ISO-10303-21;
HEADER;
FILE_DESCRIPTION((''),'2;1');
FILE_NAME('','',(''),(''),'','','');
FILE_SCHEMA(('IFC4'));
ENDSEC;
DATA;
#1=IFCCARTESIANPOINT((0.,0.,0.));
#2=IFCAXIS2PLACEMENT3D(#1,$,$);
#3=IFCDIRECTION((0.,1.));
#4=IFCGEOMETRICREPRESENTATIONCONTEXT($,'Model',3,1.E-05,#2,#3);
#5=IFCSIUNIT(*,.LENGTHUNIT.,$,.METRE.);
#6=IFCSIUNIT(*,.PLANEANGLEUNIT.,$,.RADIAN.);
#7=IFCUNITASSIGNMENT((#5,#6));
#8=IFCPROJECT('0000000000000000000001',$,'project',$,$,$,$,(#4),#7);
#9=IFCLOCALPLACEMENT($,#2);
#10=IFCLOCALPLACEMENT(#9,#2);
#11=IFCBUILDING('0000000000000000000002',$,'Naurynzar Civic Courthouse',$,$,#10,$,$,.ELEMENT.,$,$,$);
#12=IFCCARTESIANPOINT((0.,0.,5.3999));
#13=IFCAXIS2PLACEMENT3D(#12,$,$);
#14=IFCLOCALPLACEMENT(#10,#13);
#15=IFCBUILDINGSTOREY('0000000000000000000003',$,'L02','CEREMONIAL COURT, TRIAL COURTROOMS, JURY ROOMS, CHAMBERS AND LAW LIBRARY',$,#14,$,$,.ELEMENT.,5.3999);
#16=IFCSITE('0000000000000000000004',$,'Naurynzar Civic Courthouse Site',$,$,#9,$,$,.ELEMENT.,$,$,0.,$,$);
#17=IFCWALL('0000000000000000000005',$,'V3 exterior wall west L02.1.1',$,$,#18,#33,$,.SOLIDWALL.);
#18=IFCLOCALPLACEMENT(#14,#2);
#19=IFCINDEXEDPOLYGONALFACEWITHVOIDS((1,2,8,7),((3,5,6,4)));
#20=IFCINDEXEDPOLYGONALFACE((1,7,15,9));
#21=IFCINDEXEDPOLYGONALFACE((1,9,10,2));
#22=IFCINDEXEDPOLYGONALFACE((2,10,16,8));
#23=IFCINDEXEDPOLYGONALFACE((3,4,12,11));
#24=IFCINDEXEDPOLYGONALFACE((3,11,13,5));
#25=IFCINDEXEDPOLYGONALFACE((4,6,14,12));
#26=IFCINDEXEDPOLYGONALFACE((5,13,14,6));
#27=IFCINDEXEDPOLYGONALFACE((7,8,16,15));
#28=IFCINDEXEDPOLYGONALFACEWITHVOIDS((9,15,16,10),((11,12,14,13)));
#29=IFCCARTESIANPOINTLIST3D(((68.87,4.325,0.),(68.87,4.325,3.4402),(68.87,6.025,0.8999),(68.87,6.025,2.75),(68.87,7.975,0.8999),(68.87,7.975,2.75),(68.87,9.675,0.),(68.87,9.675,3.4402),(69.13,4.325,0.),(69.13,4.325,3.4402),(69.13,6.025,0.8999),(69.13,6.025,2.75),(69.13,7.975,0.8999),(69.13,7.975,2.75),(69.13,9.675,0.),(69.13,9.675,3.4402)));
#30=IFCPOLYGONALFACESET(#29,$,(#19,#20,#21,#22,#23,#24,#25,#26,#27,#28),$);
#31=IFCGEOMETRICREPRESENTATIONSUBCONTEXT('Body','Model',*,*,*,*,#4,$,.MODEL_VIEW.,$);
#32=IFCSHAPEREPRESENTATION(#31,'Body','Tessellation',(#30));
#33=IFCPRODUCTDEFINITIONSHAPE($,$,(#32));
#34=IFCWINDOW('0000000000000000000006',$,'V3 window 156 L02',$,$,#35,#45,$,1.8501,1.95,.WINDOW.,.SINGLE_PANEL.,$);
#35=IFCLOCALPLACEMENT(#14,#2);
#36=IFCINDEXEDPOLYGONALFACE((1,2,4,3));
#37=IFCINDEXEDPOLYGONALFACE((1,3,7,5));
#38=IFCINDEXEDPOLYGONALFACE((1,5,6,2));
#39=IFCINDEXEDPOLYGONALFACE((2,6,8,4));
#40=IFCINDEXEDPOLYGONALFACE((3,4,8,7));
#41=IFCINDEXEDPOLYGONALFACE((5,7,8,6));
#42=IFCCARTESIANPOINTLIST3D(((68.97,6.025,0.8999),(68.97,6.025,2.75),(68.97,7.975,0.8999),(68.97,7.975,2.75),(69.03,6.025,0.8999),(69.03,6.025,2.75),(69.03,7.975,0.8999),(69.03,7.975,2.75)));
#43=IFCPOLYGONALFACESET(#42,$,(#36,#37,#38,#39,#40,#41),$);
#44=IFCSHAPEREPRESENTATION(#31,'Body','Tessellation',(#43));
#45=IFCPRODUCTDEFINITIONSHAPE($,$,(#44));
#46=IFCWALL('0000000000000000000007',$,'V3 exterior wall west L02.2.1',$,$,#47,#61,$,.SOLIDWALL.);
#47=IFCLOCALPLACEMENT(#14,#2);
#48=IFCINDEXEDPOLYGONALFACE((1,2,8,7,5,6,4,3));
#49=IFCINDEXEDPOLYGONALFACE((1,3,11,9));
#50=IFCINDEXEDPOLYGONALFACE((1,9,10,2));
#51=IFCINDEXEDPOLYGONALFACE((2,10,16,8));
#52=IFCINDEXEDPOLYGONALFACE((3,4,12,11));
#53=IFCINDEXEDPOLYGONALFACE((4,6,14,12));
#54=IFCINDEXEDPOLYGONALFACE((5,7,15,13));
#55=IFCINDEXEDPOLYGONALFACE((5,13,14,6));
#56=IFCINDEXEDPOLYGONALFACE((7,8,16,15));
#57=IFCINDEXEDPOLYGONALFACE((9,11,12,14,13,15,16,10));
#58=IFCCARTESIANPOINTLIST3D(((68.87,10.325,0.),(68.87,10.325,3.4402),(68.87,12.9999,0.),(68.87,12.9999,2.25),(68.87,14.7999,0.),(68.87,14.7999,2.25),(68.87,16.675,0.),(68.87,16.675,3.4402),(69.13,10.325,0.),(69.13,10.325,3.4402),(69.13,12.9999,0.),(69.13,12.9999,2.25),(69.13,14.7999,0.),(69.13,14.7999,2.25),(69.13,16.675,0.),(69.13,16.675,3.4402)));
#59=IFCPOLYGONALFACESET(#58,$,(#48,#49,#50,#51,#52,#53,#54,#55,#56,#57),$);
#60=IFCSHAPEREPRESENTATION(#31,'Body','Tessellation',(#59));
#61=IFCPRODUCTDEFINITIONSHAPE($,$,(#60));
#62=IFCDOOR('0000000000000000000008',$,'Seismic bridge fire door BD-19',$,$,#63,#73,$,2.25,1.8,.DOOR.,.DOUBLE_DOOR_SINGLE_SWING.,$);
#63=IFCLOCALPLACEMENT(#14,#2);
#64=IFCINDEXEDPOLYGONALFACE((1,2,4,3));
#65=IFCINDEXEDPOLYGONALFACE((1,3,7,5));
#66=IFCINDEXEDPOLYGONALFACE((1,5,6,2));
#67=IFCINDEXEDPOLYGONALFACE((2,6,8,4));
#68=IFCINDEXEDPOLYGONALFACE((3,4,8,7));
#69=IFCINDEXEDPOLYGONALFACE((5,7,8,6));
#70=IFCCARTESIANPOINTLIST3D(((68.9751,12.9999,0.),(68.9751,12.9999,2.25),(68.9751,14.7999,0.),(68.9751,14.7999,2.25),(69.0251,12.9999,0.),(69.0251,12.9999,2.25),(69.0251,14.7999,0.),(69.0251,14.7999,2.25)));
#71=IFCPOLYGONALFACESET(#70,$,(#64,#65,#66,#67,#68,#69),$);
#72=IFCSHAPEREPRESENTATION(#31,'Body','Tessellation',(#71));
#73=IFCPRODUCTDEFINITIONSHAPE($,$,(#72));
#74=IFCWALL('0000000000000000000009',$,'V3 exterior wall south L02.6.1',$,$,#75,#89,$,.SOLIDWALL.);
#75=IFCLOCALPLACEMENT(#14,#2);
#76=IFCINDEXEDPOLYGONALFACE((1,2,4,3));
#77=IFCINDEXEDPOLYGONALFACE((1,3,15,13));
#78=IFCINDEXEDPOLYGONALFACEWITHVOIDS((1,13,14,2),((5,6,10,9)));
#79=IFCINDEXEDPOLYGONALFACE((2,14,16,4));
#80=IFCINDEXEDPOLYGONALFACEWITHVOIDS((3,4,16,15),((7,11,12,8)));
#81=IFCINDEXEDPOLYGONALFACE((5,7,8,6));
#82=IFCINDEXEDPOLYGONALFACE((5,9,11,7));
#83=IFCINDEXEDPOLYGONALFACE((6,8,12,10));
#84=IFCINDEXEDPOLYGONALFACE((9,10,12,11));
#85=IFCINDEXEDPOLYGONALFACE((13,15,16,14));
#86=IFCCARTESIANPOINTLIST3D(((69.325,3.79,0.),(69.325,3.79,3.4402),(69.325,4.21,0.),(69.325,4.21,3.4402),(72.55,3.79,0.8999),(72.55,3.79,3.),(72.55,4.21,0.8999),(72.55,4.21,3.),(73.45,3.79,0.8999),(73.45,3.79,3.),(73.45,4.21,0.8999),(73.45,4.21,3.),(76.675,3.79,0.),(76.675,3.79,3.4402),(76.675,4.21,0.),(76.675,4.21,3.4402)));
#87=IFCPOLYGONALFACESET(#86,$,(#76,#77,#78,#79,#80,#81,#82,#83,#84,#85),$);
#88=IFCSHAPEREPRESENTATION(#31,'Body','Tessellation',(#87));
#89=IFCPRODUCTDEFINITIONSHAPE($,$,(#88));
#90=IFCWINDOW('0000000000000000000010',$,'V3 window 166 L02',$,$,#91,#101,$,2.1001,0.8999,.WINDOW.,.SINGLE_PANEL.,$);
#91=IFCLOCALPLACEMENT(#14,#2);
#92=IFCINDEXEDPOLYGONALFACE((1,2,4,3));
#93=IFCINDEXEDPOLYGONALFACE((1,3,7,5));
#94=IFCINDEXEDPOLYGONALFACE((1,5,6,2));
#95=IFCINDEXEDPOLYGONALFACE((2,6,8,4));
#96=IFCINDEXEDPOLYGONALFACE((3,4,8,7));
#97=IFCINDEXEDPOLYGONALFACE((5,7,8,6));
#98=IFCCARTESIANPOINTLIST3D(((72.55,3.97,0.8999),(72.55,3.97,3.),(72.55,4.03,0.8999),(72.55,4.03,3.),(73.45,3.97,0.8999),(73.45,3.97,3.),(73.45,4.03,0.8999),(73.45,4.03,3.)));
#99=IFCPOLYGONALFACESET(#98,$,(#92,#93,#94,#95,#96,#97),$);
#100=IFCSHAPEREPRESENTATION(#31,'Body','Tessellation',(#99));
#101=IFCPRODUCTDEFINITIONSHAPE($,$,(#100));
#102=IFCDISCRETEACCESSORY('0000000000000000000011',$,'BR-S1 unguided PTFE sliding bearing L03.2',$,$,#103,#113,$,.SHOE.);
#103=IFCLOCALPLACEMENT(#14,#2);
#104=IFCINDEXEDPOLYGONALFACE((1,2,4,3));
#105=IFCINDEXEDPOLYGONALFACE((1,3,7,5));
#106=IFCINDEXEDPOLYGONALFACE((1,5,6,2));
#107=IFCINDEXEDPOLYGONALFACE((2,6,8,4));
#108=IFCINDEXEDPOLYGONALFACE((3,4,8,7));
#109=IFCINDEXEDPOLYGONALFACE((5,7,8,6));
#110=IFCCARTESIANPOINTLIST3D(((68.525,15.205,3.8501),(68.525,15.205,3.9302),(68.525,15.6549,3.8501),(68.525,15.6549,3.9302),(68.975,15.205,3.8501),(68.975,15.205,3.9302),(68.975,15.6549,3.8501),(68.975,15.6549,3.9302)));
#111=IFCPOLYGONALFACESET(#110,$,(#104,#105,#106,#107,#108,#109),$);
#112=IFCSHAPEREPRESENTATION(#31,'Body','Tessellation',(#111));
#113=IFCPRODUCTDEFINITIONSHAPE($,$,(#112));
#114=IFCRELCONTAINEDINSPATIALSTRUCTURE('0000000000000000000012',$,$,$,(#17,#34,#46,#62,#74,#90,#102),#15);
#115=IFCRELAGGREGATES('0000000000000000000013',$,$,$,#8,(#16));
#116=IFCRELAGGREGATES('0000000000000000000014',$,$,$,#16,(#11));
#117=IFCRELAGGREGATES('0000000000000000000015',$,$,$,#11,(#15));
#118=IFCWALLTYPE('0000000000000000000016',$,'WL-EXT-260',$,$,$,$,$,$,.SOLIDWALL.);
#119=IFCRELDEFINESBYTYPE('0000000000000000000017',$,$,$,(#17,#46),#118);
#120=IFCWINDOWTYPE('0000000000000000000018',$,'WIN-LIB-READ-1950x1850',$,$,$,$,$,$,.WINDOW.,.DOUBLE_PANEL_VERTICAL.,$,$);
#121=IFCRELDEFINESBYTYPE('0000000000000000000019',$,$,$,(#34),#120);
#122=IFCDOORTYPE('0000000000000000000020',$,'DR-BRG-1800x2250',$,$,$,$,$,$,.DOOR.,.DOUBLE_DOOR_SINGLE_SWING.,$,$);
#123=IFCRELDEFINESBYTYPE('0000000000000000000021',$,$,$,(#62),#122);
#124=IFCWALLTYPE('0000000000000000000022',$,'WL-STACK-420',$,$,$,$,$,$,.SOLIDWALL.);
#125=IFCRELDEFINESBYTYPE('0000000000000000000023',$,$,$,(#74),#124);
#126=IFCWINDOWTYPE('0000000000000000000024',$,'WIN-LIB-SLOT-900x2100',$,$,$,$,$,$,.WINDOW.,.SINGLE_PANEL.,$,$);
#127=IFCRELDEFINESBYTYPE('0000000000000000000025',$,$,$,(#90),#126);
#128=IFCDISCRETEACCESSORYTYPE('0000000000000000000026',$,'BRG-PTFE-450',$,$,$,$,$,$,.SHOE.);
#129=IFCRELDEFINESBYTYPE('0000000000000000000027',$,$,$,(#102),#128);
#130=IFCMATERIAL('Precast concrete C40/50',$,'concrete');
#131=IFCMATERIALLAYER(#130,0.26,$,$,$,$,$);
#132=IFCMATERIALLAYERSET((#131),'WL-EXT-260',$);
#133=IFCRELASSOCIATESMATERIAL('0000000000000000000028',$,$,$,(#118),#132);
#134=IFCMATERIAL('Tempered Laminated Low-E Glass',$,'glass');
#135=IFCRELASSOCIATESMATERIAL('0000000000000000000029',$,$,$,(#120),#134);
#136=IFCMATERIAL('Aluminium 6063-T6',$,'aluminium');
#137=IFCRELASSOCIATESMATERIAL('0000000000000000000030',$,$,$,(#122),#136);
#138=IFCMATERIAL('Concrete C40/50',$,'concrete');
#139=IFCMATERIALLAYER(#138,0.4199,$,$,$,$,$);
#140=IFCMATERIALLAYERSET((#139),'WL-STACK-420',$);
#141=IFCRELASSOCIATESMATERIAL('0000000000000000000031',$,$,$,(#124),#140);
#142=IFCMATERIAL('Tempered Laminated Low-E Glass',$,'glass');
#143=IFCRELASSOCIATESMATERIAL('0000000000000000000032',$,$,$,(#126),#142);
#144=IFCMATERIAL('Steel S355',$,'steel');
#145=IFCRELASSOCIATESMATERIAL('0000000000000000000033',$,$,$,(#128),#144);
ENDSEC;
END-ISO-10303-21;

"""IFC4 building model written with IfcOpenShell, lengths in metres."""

from ifc_helpers import new_model, si_unit, direction, frame, frame_2d, origin, origin_2d, place, context, subcontext, project, spatial, rectangle, extrude, material, layer, layer_set, type_object, element, fill, save


model = new_model("IFC4")

# Units and contexts
model_context = context("Model", 3, precision=1e-05, world=origin(), true_north=direction((0.0, 1.0)))
body_context = subcontext(model_context, "Body", "Model", "MODEL_VIEW")
ifc_project = project(units=[si_unit("LENGTHUNIT", "METRE"), si_unit("PLANEANGLEUNIT", "RADIAN")], contexts=[model_context])

# Site, building, storey
site_placement = place(None, origin())
site = spatial("IfcSite", under=ifc_project, at=site_placement, Name="Naurynzar Civic Courthouse Site", CompositionType="ELEMENT", RefElevation=0.0)
building_placement = place(site_placement, origin())
building = spatial("IfcBuilding", under=site, at=building_placement, Name="Naurynzar Civic Courthouse", CompositionType="ELEMENT")
storey_placement = place(building_placement, frame((0.0, 0.0, 5.3999)))
storey = spatial("IfcBuildingStorey", under=building, at=storey_placement, Name="L02", Description="CEREMONIAL COURT, TRIAL COURTROOMS, JURY ROOMS, CHAMBERS AND LAW LIBRARY", CompositionType="ELEMENT", Elevation=5.3999)

# Wall, opening, window
ifc_material_1 = material(Name="Precast concrete C40/50", Category="concrete")
ifc_layer_1 = layer(ifc_material_1, 0.26)
ifc_layer_set_1 = layer_set([ifc_layer_1], Name="WL-EXT-260")
wall_type_1 = type_object("IfcWallType", Name="WL-EXT-260", PredefinedType="SOLIDWALL", material=ifc_layer_set_1)
wall_1_placement = place(storey_placement, frame((69.0, 4.325, 0.0), z_axis=(0.0, 0.0, 1.0), x_axis=(0.0, 1.0, 0.0)))
wall_1 = element("IfcWall", 1, at=wall_1_placement, inside=storey, type_object=wall_type_1, Name="V3 exterior wall west L02.1.1", PredefinedType="SOLIDWALL", context=body_context, shape_type="SweptSolid", body=[
    extrude(rectangle(XDim=5.3501, YDim=0.26, at=frame_2d((2.675, 0.0))), origin(), (0.0, 0.0, 1.0), 3.4402),
])
opening_1_placement = place(wall_1_placement, frame((1.7, 0.0, 0.8999)))
opening_1 = element("IfcOpeningElement", 2, at=opening_1_placement, cuts=wall_1, PredefinedType="OPENING", context=body_context, shape_type="SweptSolid", body=[
    extrude(rectangle(XDim=1.95, YDim=1.8501, at=frame_2d((0.9751, 0.925))), frame((0.0, 0.1399, 0.0), z_axis=(0.0, -1.0, 0.0), x_axis=(1.0, 0.0, 0.0)), (0.0, 0.0, 1.0), 0.28),
])
ifc_material_2 = material(Name="Tempered Laminated Low-E Glass", Category="glass")
window_type_1 = type_object("IfcWindowType", Name="WIN-LIB-READ-1950x1850", PartitioningType="DOUBLE_PANEL_VERTICAL", PredefinedType="WINDOW", material=ifc_material_2)
window_1_placement = place(opening_1_placement, origin())
window_1 = element("IfcWindow", 3, at=window_1_placement, inside=storey, type_object=window_type_1, Name="V3 window 156 L02", OverallHeight=1.8501, OverallWidth=1.95, PartitioningType="SINGLE_PANEL", PredefinedType="WINDOW", context=body_context, shape_type="SweptSolid", body=[
    extrude(rectangle(XDim=1.95, YDim=1.8501, at=frame_2d((0.9751, 0.925))), frame((0.0, 0.03, 0.0), z_axis=(0.0, -1.0, 0.0), x_axis=(1.0, 0.0, 0.0)), (0.0, 0.0, 1.0), 0.0601),
])
fill(opening_1, window_1)

# Wall, opening, door
wall_2_placement = place(storey_placement, frame((69.0, 10.325, 0.0), z_axis=(0.0, 0.0, 1.0), x_axis=(0.0, 1.0, 0.0)))
wall_2 = element("IfcWall", 4, at=wall_2_placement, inside=storey, type_object=wall_type_1, Name="V3 exterior wall west L02.2.1", PredefinedType="SOLIDWALL", context=body_context, shape_type="SweptSolid", body=[
    extrude(rectangle(XDim=6.3501, YDim=0.26, at=frame_2d((3.175, 0.0))), origin(), (0.0, 0.0, 1.0), 3.4402),
])
opening_2_placement = place(wall_2_placement, frame((2.675, 0.0, 0.0)))
opening_2 = element("IfcOpeningElement", 5, at=opening_2_placement, cuts=wall_2, PredefinedType="OPENING", context=body_context, shape_type="SweptSolid", body=[
    extrude(rectangle(XDim=1.8, YDim=2.25, at=frame_2d((0.8999, 1.125))), frame((0.0, 0.1399, 0.0), z_axis=(0.0, -1.0, 0.0), x_axis=(1.0, 0.0, 0.0)), (0.0, 0.0, 1.0), 0.28),
])
ifc_material_3 = material(Name="Aluminium 6063-T6", Category="aluminium")
door_type = type_object("IfcDoorType", Name="DR-BRG-1800x2250", OperationType="DOUBLE_DOOR_SINGLE_SWING", PredefinedType="DOOR", material=ifc_material_3)
door_placement = place(opening_2_placement, origin())
door = element("IfcDoor", 6, at=door_placement, inside=storey, type_object=door_type, Name="Seismic bridge fire door BD-19", OperationType="DOUBLE_DOOR_SINGLE_SWING", OverallHeight=2.25, OverallWidth=1.8, PredefinedType="DOOR", context=body_context, shape_type="SweptSolid", body=[
    extrude(rectangle(XDim=1.8, YDim=2.25, at=frame_2d((0.8999, 1.125))), frame((0.0, 0.0249, 0.0), z_axis=(0.0, -1.0, 0.0), x_axis=(1.0, 0.0, 0.0)), (0.0, 0.0, 1.0), 0.05),
])
fill(opening_2, door)

# Wall, opening, window
ifc_material_4 = material(Name="Concrete C40/50", Category="concrete")
ifc_layer_2 = layer(ifc_material_4, 0.4199)
ifc_layer_set_2 = layer_set([ifc_layer_2], Name="WL-STACK-420")
wall_type_2 = type_object("IfcWallType", Name="WL-STACK-420", PredefinedType="SOLIDWALL", material=ifc_layer_set_2)
wall_3_placement = place(storey_placement, frame((76.675, 4.0, 0.0), z_axis=(0.0, 0.0, 1.0), x_axis=(-1.0, 0.0, 0.0)))
wall_3 = element("IfcWall", 7, at=wall_3_placement, inside=storey, type_object=wall_type_2, Name="V3 exterior wall south L02.6.1", PredefinedType="SOLIDWALL", context=body_context, shape_type="SweptSolid", body=[
    extrude(rectangle(XDim=7.3501, YDim=0.4199, at=frame_2d((3.675, 0.0))), origin(), (0.0, 0.0, 1.0), 3.4402),
])
opening_3_placement = place(wall_3_placement, frame((3.2251, 0.0, 0.8999)))
opening_3 = element("IfcOpeningElement", 8, at=opening_3_placement, cuts=wall_3, PredefinedType="OPENING", context=body_context, shape_type="SweptSolid", body=[
    extrude(rectangle(XDim=0.8999, YDim=2.1001, at=frame_2d((0.45, 1.05))), frame((0.0, 0.22, 0.0), z_axis=(0.0, -1.0, 0.0), x_axis=(1.0, 0.0, 0.0)), (0.0, 0.0, 1.0), 0.4399),
])
ifc_material_5 = material(Name="Tempered Laminated Low-E Glass", Category="glass")
window_type_2 = type_object("IfcWindowType", Name="WIN-LIB-SLOT-900x2100", PartitioningType="SINGLE_PANEL", PredefinedType="WINDOW", material=ifc_material_5)
window_2_placement = place(opening_3_placement, origin())
window_2 = element("IfcWindow", 9, at=window_2_placement, inside=storey, type_object=window_type_2, Name="V3 window 166 L02", OverallHeight=2.1001, OverallWidth=0.8999, PartitioningType="SINGLE_PANEL", PredefinedType="WINDOW", context=body_context, shape_type="SweptSolid", body=[
    extrude(rectangle(XDim=0.8999, YDim=2.1001, at=frame_2d((0.45, 1.05))), frame((0.0, 0.03, 0.0), z_axis=(0.0, -1.0, 0.0), x_axis=(1.0, 0.0, 0.0)), (0.0, 0.0, 1.0), 0.0601),
])
fill(opening_3, window_2)

# Discrete accessory
ifc_material_6 = material(Name="Steel S355", Category="steel")
discrete_accessory_type = type_object("IfcDiscreteAccessoryType", Name="BRG-PTFE-450", PredefinedType="SHOE", material=ifc_material_6)
discrete_accessory_placement = place(storey_placement, frame((68.75, 15.4299, 3.8501), z_axis=(0.0, 0.0, 1.0), x_axis=(1.0, 0.0, 0.0)))
element("IfcDiscreteAccessory", 10, at=discrete_accessory_placement, inside=storey, type_object=discrete_accessory_type, Name="BR-S1 unguided PTFE sliding bearing L03.2", PredefinedType="SHOE", context=body_context, shape_type="SweptSolid", body=[
    extrude(rectangle(XDim=0.45, YDim=0.45, at=origin_2d()), origin(), (0.0, 0.0, 1.0), 0.0801),
])

save(model, "model.ifc")
